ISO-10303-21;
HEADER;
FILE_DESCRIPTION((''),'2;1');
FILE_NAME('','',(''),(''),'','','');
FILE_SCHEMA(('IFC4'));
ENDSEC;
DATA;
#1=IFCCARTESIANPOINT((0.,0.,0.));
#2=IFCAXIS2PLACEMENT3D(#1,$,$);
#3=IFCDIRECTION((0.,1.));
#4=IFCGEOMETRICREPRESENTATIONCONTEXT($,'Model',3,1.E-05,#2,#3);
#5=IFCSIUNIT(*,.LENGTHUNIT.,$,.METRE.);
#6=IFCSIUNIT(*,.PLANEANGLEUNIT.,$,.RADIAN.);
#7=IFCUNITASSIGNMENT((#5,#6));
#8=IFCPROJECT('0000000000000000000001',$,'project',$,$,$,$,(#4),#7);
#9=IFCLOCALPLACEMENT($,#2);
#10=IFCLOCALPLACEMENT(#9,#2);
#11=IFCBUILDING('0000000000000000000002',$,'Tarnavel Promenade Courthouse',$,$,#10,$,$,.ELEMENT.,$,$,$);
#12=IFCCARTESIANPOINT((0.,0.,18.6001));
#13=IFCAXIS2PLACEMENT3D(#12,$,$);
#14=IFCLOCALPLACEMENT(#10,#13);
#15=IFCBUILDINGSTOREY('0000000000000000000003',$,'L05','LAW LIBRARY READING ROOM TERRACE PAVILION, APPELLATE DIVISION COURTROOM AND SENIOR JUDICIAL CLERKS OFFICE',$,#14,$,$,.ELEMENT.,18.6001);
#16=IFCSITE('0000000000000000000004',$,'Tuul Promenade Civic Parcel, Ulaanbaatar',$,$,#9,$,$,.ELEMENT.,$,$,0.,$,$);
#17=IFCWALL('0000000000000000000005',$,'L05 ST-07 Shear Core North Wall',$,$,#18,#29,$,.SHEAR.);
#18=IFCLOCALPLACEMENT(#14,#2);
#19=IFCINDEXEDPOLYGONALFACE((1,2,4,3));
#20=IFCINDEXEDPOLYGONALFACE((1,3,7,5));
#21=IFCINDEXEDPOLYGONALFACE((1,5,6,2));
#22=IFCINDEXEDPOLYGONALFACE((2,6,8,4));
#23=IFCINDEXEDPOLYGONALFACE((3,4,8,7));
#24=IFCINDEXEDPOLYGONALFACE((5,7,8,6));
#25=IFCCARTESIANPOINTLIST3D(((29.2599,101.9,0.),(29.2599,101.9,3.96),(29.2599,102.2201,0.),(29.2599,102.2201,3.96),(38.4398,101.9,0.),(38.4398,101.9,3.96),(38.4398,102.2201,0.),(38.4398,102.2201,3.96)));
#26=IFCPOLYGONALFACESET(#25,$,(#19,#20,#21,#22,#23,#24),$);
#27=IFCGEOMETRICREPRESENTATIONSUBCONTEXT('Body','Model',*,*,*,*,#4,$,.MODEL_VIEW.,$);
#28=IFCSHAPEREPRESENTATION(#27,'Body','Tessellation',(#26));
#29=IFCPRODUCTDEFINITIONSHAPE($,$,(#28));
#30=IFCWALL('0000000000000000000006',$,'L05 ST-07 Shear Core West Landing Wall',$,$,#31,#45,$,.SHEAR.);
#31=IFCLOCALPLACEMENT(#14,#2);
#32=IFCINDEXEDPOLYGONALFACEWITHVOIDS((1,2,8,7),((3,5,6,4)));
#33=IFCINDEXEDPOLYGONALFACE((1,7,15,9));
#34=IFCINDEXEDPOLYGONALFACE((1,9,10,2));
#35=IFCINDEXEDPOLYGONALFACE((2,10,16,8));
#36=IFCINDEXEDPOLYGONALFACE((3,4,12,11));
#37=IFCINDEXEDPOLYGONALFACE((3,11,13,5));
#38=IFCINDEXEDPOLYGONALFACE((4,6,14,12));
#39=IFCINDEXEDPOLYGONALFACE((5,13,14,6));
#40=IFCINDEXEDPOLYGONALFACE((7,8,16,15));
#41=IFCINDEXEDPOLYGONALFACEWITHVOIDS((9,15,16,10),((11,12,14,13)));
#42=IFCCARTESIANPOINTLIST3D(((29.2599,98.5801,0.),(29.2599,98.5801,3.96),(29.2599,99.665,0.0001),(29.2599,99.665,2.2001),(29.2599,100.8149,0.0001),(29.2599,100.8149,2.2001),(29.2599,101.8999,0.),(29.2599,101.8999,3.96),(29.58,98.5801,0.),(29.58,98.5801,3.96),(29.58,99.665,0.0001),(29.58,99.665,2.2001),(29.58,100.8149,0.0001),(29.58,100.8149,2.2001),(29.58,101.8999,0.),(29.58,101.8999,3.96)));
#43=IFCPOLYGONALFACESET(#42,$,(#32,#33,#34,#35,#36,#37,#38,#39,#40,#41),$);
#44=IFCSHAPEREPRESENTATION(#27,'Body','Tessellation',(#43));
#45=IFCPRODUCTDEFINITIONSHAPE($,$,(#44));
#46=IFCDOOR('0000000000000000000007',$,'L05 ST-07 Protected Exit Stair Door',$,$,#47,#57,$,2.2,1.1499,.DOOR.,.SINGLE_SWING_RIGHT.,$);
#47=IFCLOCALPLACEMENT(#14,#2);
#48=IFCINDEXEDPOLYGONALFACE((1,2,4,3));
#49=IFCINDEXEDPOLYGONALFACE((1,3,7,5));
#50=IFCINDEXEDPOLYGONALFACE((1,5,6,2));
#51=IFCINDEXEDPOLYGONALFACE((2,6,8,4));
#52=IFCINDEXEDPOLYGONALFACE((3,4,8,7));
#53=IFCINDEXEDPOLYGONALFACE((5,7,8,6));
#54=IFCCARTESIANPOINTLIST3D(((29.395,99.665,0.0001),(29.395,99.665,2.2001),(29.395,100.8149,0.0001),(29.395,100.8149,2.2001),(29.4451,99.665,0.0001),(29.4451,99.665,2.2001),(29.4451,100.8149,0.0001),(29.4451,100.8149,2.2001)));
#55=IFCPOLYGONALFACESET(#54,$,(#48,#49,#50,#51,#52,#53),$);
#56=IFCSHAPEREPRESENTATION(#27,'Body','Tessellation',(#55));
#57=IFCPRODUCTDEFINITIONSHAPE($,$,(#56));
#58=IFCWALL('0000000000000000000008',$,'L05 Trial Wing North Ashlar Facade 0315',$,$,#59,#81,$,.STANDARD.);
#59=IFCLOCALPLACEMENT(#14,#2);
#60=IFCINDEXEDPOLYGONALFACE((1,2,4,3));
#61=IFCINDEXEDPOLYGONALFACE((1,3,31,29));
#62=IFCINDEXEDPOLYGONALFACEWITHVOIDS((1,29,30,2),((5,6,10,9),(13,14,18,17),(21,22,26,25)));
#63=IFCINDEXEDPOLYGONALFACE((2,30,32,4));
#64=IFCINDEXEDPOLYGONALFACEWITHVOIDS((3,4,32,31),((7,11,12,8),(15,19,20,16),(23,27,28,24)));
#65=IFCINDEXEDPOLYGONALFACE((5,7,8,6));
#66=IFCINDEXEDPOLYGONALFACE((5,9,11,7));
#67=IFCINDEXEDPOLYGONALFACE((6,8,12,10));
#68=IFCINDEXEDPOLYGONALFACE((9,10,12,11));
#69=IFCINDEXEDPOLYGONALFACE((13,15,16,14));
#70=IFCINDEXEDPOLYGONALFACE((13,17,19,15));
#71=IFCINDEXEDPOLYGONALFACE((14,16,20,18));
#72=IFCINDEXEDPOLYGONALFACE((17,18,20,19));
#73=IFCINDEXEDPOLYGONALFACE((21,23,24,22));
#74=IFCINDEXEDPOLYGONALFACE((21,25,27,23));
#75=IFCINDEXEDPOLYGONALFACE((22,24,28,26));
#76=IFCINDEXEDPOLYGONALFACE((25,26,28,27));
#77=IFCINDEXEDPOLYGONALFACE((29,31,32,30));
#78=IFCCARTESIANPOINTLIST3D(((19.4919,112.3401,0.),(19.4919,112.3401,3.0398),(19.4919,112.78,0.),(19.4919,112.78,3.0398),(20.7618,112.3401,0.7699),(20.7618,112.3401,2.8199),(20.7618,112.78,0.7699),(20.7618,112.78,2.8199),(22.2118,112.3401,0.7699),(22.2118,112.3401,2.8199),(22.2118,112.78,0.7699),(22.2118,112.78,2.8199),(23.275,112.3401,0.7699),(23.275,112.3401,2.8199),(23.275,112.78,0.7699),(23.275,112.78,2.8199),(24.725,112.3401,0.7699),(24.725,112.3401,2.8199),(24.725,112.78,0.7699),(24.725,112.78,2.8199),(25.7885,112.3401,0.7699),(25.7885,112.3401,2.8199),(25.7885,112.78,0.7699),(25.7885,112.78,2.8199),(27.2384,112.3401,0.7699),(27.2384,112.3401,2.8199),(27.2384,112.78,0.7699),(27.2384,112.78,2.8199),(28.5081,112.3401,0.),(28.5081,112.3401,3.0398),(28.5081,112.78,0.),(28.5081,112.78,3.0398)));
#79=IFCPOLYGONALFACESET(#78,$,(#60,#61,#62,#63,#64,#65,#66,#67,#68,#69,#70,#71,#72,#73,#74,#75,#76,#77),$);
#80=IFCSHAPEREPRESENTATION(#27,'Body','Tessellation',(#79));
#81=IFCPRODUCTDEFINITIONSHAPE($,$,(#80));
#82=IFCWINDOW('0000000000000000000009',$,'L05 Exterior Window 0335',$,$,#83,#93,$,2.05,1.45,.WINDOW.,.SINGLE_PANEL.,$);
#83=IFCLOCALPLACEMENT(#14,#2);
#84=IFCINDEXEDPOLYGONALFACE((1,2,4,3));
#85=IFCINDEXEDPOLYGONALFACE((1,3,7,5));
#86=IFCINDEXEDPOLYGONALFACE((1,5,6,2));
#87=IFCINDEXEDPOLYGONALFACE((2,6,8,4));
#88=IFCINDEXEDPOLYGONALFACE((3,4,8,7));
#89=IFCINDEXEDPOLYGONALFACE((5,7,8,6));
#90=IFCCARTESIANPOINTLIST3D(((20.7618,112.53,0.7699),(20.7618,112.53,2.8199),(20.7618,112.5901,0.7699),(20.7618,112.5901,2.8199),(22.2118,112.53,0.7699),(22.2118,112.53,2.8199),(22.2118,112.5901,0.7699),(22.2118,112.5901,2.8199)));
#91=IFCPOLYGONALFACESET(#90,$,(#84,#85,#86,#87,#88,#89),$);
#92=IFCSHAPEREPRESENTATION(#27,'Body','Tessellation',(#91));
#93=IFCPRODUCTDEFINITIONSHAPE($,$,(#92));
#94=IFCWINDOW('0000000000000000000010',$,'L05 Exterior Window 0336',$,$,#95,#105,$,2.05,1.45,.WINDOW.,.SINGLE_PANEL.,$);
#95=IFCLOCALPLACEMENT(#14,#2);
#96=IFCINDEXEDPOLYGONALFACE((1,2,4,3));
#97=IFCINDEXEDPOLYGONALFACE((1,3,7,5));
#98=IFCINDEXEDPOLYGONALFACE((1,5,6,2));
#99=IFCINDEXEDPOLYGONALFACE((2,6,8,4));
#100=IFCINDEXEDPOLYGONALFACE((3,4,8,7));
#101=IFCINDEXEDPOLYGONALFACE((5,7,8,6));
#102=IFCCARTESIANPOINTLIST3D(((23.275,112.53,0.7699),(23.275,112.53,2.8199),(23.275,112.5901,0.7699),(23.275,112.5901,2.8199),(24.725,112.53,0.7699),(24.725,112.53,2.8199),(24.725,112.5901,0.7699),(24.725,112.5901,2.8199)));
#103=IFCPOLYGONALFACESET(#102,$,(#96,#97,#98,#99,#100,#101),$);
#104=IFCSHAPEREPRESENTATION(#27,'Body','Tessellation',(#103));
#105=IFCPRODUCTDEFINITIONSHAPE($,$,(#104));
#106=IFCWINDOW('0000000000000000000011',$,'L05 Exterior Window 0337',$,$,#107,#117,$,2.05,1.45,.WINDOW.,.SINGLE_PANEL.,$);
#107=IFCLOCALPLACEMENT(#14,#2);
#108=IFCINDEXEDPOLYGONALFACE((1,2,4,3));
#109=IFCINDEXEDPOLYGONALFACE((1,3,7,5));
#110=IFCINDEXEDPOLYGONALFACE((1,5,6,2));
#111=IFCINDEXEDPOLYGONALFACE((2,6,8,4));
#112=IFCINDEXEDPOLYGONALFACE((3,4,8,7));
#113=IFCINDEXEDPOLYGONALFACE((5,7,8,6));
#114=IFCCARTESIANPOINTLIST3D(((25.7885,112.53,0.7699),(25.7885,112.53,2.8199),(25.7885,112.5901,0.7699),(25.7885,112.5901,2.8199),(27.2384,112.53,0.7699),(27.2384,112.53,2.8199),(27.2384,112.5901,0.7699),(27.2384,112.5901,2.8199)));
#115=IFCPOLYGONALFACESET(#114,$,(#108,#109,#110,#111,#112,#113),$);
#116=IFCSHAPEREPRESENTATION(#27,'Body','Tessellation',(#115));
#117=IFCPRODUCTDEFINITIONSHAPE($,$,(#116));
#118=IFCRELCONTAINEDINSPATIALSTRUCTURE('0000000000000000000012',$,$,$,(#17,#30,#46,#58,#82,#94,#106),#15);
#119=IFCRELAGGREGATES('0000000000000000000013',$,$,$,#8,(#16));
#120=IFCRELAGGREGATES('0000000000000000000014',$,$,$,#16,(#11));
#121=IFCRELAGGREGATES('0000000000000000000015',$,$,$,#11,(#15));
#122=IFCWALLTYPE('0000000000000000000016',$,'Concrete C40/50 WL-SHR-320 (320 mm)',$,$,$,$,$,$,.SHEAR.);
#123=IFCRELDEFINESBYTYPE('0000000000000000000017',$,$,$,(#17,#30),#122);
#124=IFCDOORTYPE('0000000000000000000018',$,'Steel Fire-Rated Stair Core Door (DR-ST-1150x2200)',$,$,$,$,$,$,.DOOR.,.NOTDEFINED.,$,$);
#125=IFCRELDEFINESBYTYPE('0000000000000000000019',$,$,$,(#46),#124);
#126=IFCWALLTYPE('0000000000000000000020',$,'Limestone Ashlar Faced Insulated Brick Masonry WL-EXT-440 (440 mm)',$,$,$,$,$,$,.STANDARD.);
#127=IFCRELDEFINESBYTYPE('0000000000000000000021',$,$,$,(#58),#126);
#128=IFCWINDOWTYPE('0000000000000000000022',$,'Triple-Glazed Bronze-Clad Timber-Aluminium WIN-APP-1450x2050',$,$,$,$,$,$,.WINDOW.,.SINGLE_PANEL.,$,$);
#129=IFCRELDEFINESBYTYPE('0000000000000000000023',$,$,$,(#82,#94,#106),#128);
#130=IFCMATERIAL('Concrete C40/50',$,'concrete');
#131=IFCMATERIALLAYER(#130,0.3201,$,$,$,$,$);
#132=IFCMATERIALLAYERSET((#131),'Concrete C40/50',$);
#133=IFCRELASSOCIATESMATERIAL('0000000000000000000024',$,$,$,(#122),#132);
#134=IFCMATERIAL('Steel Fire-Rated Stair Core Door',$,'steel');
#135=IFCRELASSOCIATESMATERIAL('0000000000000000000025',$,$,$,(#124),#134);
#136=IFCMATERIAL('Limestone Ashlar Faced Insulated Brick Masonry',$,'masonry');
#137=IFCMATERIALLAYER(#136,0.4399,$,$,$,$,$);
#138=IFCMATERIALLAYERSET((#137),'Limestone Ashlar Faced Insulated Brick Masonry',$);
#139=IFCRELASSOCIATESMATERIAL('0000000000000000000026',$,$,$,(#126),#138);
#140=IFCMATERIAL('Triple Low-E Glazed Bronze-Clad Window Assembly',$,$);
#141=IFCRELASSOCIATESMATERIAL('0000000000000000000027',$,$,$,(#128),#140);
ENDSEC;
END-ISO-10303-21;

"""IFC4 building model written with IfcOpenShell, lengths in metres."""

from ifc_helpers import new_model, si_unit, direction, frame, frame_2d, origin, place, context, subcontext, project, spatial, rectangle, extrude, material, layer, layer_set, type_object, element, fill, save


model = new_model("IFC4")

# Units and contexts
model_context = context("Model", 3, precision=1e-05, world=origin(), true_north=direction((0.0, 1.0)))
body_context = subcontext(model_context, "Body", "Model", "MODEL_VIEW")
ifc_project = project(units=[si_unit("LENGTHUNIT", "METRE"), si_unit("PLANEANGLEUNIT", "RADIAN")], contexts=[model_context])

# Site, building, storey
site_placement = place(None, origin())
site = spatial("IfcSite", under=ifc_project, at=site_placement, Name="Tuul Promenade Civic Parcel, Ulaanbaatar", CompositionType="ELEMENT", RefElevation=0.0)
building_placement = place(site_placement, origin())
building = spatial("IfcBuilding", under=site, at=building_placement, Name="Tarnavel Promenade Courthouse", CompositionType="ELEMENT")
storey_placement = place(building_placement, frame((0.0, 0.0, 18.6001)))
storey = spatial("IfcBuildingStorey", under=building, at=storey_placement, Name="L05", Description="LAW LIBRARY READING ROOM TERRACE PAVILION, APPELLATE DIVISION COURTROOM AND SENIOR JUDICIAL CLERKS OFFICE", CompositionType="ELEMENT", Elevation=18.6001)

# Shared definitions
ifc_material_1 = material(Name="Concrete C40/50", Category="concrete")

# Wall
ifc_layer_1 = layer(ifc_material_1, 0.3201)
ifc_layer_set_1 = layer_set([ifc_layer_1], Name="Concrete C40/50")
wall_type_1 = type_object("IfcWallType", Name="Concrete C40/50 WL-SHR-320 (320 mm)", PredefinedType="SHEAR", material=ifc_layer_set_1)
wall_1_placement = place(storey_placement, frame((29.26, 102.0601, 0.0), z_axis=(0.0, 0.0, 1.0), x_axis=(1.0, 0.0, 0.0)))
element("IfcWall", 1, at=wall_1_placement, inside=storey, type_object=wall_type_1, Name="L05 ST-07 Shear Core North Wall", PredefinedType="SHEAR", context=body_context, shape_type="SweptSolid", body=[
    extrude(rectangle(XDim=9.1799, YDim=0.3201, at=frame_2d((4.5898, 0.0))), origin(), (0.0, 0.0, 1.0), 3.96),
])

# Wall, opening, door
wall_2_placement = place(storey_placement, frame((29.4199, 98.5801, 0.0), z_axis=(0.0, 0.0, 1.0), x_axis=(0.0, 1.0, 0.0)))
wall_2 = element("IfcWall", 2, at=wall_2_placement, inside=storey, type_object=wall_type_1, Name="L05 ST-07 Shear Core West Landing Wall", PredefinedType="SHEAR", context=body_context, shape_type="SweptSolid", body=[
    extrude(rectangle(XDim=3.3198, YDim=0.3201, at=frame_2d((1.6599, 0.0))), origin(), (0.0, 0.0, 1.0), 3.96),
])
opening_1_placement = place(wall_2_placement, frame((1.085, 0.0, 0.0)))
opening_1 = element("IfcOpeningElement", 3, at=opening_1_placement, cuts=wall_2, PredefinedType="OPENING", context=body_context, shape_type="SweptSolid", body=[
    extrude(rectangle(XDim=1.1499, YDim=2.2, at=frame_2d((0.575, 1.1001))), frame((0.0, 0.1699, 0.0), z_axis=(0.0, -1.0, 0.0), x_axis=(1.0, 0.0, 0.0)), (0.0, 0.0, 1.0), 0.3401),
])
ifc_material_2 = material(Name="Steel Fire-Rated Stair Core Door", Category="steel")
door_type_1 = type_object("IfcDoorType", Name="Steel Fire-Rated Stair Core Door (DR-ST-1150x2200)", OperationType="NOTDEFINED", PredefinedType="DOOR", material=ifc_material_2)
door_1_placement = place(opening_1_placement, origin())
door_1 = element("IfcDoor", 4, at=door_1_placement, inside=storey, type_object=door_type_1, Name="L05 ST-07 Protected Exit Stair Door", OperationType="SINGLE_SWING_RIGHT", OverallHeight=2.2, OverallWidth=1.1499, PredefinedType="DOOR", context=body_context, shape_type="SweptSolid", body=[
    extrude(rectangle(XDim=1.1499, YDim=2.2, at=frame_2d((0.575, 1.1001))), frame((0.0, 0.0249, 0.0), z_axis=(0.0, -1.0, 0.0), x_axis=(1.0, 0.0, 0.0)), (0.0, 0.0, 1.0), 0.05),
])
fill(opening_1, door_1)

# Wall, openings, windows
ifc_material_3 = material(Name="Limestone Ashlar Faced Insulated Brick Masonry", Category="masonry")
ifc_layer_2 = layer(ifc_material_3, 0.4399)
ifc_layer_set_2 = layer_set([ifc_layer_2], Name="Limestone Ashlar Faced Insulated Brick Masonry")
wall_type_2 = type_object("IfcWallType", Name="Limestone Ashlar Faced Insulated Brick Masonry WL-EXT-440 (440 mm)", PredefinedType="STANDARD", material=ifc_layer_set_2)
wall_3_placement = place(storey_placement, frame((19.4919, 112.5601, 0.0), z_axis=(0.0, 0.0, 1.0), x_axis=(1.0, 0.0, 0.0)))
wall_3 = element("IfcWall", 5, at=wall_3_placement, inside=storey, type_object=wall_type_2, Name="L05 Trial Wing North Ashlar Facade 0315", PredefinedType="STANDARD", context=body_context, shape_type="SweptSolid", body=[
    extrude(rectangle(XDim=9.0161, YDim=0.4399, at=frame_2d((4.5081, 0.0))), origin(), (0.0, 0.0, 1.0), 3.0398),
])
opening_2_placement = place(wall_3_placement, frame((1.2698, 0.0, 0.77)))
opening_2 = element("IfcOpeningElement", 6, at=opening_2_placement, cuts=wall_3, PredefinedType="OPENING", context=body_context, shape_type="SweptSolid", body=[
    extrude(rectangle(XDim=1.45, YDim=2.05, at=frame_2d((0.7251, 1.0249))), frame((0.0, 0.23, 0.0), z_axis=(0.0, -1.0, 0.0), x_axis=(1.0, 0.0, 0.0)), (0.0, 0.0, 1.0), 0.46),
])
opening_3_placement = place(wall_3_placement, frame((3.783, 0.0, 0.77)))
opening_3 = element("IfcOpeningElement", 7, at=opening_3_placement, cuts=wall_3, PredefinedType="OPENING", context=body_context, shape_type="SweptSolid", body=[
    extrude(rectangle(XDim=1.45, YDim=2.05, at=frame_2d((0.7251, 1.0249))), frame((0.0, 0.23, 0.0), z_axis=(0.0, -1.0, 0.0), x_axis=(1.0, 0.0, 0.0)), (0.0, 0.0, 1.0), 0.46),
])
opening_4_placement = place(wall_3_placement, frame((6.2964, 0.0, 0.77)))
opening_4 = element("IfcOpeningElement", 8, at=opening_4_placement, cuts=wall_3, PredefinedType="OPENING", context=body_context, shape_type="SweptSolid", body=[
    extrude(rectangle(XDim=1.45, YDim=2.05, at=frame_2d((0.7251, 1.0249))), frame((0.0, 0.23, 0.0), z_axis=(0.0, -1.0, 0.0), x_axis=(1.0, 0.0, 0.0)), (0.0, 0.0, 1.0), 0.46),
])
ifc_material_4 = material(Name="Triple Low-E Glazed Bronze-Clad Window Assembly")
window_type = type_object("IfcWindowType", Name="Triple-Glazed Bronze-Clad Timber-Aluminium WIN-APP-1450x2050", PartitioningType="SINGLE_PANEL", PredefinedType="WINDOW", material=ifc_material_4)
window_1_placement = place(opening_2_placement, origin())
window_1 = element("IfcWindow", 9, at=window_1_placement, inside=storey, type_object=window_type, Name="L05 Exterior Window 0335", OverallHeight=2.05, OverallWidth=1.45, PartitioningType="SINGLE_PANEL", PredefinedType="WINDOW", context=body_context, shape_type="SweptSolid", body=[
    extrude(rectangle(XDim=1.45, YDim=2.05, at=frame_2d((0.7251, 1.0249))), frame((0.0, 0.03, 0.0), z_axis=(0.0, -1.0, 0.0), x_axis=(1.0, 0.0, 0.0)), (0.0, 0.0, 1.0), 0.0601),
])
fill(opening_2, window_1)
window_2_placement = place(opening_3_placement, origin())
window_2 = element("IfcWindow", 10, at=window_2_placement, inside=storey, type_object=window_type, Name="L05 Exterior Window 0336", OverallHeight=2.05, OverallWidth=1.45, PartitioningType="SINGLE_PANEL", PredefinedType="WINDOW", context=body_context, shape_type="SweptSolid", body=[
    extrude(rectangle(XDim=1.45, YDim=2.05, at=frame_2d((0.7251, 1.0249))), frame((0.0, 0.03, 0.0), z_axis=(0.0, -1.0, 0.0), x_axis=(1.0, 0.0, 0.0)), (0.0, 0.0, 1.0), 0.0601),
])
fill(opening_3, window_2)
window_3_placement = place(opening_4_placement, origin())
window_3 = element("IfcWindow", 11, at=window_3_placement, inside=storey, type_object=window_type, Name="L05 Exterior Window 0337", OverallHeight=2.05, OverallWidth=1.45, PartitioningType="SINGLE_PANEL", PredefinedType="WINDOW", context=body_context, shape_type="SweptSolid", body=[
    extrude(rectangle(XDim=1.45, YDim=2.05, at=frame_2d((0.7251, 1.0249))), frame((0.0, 0.03, 0.0), z_axis=(0.0, -1.0, 0.0), x_axis=(1.0, 0.0, 0.0)), (0.0, 0.0, 1.0), 0.0601),
])
fill(opening_4, window_3)

save(model, "model.ifc")
